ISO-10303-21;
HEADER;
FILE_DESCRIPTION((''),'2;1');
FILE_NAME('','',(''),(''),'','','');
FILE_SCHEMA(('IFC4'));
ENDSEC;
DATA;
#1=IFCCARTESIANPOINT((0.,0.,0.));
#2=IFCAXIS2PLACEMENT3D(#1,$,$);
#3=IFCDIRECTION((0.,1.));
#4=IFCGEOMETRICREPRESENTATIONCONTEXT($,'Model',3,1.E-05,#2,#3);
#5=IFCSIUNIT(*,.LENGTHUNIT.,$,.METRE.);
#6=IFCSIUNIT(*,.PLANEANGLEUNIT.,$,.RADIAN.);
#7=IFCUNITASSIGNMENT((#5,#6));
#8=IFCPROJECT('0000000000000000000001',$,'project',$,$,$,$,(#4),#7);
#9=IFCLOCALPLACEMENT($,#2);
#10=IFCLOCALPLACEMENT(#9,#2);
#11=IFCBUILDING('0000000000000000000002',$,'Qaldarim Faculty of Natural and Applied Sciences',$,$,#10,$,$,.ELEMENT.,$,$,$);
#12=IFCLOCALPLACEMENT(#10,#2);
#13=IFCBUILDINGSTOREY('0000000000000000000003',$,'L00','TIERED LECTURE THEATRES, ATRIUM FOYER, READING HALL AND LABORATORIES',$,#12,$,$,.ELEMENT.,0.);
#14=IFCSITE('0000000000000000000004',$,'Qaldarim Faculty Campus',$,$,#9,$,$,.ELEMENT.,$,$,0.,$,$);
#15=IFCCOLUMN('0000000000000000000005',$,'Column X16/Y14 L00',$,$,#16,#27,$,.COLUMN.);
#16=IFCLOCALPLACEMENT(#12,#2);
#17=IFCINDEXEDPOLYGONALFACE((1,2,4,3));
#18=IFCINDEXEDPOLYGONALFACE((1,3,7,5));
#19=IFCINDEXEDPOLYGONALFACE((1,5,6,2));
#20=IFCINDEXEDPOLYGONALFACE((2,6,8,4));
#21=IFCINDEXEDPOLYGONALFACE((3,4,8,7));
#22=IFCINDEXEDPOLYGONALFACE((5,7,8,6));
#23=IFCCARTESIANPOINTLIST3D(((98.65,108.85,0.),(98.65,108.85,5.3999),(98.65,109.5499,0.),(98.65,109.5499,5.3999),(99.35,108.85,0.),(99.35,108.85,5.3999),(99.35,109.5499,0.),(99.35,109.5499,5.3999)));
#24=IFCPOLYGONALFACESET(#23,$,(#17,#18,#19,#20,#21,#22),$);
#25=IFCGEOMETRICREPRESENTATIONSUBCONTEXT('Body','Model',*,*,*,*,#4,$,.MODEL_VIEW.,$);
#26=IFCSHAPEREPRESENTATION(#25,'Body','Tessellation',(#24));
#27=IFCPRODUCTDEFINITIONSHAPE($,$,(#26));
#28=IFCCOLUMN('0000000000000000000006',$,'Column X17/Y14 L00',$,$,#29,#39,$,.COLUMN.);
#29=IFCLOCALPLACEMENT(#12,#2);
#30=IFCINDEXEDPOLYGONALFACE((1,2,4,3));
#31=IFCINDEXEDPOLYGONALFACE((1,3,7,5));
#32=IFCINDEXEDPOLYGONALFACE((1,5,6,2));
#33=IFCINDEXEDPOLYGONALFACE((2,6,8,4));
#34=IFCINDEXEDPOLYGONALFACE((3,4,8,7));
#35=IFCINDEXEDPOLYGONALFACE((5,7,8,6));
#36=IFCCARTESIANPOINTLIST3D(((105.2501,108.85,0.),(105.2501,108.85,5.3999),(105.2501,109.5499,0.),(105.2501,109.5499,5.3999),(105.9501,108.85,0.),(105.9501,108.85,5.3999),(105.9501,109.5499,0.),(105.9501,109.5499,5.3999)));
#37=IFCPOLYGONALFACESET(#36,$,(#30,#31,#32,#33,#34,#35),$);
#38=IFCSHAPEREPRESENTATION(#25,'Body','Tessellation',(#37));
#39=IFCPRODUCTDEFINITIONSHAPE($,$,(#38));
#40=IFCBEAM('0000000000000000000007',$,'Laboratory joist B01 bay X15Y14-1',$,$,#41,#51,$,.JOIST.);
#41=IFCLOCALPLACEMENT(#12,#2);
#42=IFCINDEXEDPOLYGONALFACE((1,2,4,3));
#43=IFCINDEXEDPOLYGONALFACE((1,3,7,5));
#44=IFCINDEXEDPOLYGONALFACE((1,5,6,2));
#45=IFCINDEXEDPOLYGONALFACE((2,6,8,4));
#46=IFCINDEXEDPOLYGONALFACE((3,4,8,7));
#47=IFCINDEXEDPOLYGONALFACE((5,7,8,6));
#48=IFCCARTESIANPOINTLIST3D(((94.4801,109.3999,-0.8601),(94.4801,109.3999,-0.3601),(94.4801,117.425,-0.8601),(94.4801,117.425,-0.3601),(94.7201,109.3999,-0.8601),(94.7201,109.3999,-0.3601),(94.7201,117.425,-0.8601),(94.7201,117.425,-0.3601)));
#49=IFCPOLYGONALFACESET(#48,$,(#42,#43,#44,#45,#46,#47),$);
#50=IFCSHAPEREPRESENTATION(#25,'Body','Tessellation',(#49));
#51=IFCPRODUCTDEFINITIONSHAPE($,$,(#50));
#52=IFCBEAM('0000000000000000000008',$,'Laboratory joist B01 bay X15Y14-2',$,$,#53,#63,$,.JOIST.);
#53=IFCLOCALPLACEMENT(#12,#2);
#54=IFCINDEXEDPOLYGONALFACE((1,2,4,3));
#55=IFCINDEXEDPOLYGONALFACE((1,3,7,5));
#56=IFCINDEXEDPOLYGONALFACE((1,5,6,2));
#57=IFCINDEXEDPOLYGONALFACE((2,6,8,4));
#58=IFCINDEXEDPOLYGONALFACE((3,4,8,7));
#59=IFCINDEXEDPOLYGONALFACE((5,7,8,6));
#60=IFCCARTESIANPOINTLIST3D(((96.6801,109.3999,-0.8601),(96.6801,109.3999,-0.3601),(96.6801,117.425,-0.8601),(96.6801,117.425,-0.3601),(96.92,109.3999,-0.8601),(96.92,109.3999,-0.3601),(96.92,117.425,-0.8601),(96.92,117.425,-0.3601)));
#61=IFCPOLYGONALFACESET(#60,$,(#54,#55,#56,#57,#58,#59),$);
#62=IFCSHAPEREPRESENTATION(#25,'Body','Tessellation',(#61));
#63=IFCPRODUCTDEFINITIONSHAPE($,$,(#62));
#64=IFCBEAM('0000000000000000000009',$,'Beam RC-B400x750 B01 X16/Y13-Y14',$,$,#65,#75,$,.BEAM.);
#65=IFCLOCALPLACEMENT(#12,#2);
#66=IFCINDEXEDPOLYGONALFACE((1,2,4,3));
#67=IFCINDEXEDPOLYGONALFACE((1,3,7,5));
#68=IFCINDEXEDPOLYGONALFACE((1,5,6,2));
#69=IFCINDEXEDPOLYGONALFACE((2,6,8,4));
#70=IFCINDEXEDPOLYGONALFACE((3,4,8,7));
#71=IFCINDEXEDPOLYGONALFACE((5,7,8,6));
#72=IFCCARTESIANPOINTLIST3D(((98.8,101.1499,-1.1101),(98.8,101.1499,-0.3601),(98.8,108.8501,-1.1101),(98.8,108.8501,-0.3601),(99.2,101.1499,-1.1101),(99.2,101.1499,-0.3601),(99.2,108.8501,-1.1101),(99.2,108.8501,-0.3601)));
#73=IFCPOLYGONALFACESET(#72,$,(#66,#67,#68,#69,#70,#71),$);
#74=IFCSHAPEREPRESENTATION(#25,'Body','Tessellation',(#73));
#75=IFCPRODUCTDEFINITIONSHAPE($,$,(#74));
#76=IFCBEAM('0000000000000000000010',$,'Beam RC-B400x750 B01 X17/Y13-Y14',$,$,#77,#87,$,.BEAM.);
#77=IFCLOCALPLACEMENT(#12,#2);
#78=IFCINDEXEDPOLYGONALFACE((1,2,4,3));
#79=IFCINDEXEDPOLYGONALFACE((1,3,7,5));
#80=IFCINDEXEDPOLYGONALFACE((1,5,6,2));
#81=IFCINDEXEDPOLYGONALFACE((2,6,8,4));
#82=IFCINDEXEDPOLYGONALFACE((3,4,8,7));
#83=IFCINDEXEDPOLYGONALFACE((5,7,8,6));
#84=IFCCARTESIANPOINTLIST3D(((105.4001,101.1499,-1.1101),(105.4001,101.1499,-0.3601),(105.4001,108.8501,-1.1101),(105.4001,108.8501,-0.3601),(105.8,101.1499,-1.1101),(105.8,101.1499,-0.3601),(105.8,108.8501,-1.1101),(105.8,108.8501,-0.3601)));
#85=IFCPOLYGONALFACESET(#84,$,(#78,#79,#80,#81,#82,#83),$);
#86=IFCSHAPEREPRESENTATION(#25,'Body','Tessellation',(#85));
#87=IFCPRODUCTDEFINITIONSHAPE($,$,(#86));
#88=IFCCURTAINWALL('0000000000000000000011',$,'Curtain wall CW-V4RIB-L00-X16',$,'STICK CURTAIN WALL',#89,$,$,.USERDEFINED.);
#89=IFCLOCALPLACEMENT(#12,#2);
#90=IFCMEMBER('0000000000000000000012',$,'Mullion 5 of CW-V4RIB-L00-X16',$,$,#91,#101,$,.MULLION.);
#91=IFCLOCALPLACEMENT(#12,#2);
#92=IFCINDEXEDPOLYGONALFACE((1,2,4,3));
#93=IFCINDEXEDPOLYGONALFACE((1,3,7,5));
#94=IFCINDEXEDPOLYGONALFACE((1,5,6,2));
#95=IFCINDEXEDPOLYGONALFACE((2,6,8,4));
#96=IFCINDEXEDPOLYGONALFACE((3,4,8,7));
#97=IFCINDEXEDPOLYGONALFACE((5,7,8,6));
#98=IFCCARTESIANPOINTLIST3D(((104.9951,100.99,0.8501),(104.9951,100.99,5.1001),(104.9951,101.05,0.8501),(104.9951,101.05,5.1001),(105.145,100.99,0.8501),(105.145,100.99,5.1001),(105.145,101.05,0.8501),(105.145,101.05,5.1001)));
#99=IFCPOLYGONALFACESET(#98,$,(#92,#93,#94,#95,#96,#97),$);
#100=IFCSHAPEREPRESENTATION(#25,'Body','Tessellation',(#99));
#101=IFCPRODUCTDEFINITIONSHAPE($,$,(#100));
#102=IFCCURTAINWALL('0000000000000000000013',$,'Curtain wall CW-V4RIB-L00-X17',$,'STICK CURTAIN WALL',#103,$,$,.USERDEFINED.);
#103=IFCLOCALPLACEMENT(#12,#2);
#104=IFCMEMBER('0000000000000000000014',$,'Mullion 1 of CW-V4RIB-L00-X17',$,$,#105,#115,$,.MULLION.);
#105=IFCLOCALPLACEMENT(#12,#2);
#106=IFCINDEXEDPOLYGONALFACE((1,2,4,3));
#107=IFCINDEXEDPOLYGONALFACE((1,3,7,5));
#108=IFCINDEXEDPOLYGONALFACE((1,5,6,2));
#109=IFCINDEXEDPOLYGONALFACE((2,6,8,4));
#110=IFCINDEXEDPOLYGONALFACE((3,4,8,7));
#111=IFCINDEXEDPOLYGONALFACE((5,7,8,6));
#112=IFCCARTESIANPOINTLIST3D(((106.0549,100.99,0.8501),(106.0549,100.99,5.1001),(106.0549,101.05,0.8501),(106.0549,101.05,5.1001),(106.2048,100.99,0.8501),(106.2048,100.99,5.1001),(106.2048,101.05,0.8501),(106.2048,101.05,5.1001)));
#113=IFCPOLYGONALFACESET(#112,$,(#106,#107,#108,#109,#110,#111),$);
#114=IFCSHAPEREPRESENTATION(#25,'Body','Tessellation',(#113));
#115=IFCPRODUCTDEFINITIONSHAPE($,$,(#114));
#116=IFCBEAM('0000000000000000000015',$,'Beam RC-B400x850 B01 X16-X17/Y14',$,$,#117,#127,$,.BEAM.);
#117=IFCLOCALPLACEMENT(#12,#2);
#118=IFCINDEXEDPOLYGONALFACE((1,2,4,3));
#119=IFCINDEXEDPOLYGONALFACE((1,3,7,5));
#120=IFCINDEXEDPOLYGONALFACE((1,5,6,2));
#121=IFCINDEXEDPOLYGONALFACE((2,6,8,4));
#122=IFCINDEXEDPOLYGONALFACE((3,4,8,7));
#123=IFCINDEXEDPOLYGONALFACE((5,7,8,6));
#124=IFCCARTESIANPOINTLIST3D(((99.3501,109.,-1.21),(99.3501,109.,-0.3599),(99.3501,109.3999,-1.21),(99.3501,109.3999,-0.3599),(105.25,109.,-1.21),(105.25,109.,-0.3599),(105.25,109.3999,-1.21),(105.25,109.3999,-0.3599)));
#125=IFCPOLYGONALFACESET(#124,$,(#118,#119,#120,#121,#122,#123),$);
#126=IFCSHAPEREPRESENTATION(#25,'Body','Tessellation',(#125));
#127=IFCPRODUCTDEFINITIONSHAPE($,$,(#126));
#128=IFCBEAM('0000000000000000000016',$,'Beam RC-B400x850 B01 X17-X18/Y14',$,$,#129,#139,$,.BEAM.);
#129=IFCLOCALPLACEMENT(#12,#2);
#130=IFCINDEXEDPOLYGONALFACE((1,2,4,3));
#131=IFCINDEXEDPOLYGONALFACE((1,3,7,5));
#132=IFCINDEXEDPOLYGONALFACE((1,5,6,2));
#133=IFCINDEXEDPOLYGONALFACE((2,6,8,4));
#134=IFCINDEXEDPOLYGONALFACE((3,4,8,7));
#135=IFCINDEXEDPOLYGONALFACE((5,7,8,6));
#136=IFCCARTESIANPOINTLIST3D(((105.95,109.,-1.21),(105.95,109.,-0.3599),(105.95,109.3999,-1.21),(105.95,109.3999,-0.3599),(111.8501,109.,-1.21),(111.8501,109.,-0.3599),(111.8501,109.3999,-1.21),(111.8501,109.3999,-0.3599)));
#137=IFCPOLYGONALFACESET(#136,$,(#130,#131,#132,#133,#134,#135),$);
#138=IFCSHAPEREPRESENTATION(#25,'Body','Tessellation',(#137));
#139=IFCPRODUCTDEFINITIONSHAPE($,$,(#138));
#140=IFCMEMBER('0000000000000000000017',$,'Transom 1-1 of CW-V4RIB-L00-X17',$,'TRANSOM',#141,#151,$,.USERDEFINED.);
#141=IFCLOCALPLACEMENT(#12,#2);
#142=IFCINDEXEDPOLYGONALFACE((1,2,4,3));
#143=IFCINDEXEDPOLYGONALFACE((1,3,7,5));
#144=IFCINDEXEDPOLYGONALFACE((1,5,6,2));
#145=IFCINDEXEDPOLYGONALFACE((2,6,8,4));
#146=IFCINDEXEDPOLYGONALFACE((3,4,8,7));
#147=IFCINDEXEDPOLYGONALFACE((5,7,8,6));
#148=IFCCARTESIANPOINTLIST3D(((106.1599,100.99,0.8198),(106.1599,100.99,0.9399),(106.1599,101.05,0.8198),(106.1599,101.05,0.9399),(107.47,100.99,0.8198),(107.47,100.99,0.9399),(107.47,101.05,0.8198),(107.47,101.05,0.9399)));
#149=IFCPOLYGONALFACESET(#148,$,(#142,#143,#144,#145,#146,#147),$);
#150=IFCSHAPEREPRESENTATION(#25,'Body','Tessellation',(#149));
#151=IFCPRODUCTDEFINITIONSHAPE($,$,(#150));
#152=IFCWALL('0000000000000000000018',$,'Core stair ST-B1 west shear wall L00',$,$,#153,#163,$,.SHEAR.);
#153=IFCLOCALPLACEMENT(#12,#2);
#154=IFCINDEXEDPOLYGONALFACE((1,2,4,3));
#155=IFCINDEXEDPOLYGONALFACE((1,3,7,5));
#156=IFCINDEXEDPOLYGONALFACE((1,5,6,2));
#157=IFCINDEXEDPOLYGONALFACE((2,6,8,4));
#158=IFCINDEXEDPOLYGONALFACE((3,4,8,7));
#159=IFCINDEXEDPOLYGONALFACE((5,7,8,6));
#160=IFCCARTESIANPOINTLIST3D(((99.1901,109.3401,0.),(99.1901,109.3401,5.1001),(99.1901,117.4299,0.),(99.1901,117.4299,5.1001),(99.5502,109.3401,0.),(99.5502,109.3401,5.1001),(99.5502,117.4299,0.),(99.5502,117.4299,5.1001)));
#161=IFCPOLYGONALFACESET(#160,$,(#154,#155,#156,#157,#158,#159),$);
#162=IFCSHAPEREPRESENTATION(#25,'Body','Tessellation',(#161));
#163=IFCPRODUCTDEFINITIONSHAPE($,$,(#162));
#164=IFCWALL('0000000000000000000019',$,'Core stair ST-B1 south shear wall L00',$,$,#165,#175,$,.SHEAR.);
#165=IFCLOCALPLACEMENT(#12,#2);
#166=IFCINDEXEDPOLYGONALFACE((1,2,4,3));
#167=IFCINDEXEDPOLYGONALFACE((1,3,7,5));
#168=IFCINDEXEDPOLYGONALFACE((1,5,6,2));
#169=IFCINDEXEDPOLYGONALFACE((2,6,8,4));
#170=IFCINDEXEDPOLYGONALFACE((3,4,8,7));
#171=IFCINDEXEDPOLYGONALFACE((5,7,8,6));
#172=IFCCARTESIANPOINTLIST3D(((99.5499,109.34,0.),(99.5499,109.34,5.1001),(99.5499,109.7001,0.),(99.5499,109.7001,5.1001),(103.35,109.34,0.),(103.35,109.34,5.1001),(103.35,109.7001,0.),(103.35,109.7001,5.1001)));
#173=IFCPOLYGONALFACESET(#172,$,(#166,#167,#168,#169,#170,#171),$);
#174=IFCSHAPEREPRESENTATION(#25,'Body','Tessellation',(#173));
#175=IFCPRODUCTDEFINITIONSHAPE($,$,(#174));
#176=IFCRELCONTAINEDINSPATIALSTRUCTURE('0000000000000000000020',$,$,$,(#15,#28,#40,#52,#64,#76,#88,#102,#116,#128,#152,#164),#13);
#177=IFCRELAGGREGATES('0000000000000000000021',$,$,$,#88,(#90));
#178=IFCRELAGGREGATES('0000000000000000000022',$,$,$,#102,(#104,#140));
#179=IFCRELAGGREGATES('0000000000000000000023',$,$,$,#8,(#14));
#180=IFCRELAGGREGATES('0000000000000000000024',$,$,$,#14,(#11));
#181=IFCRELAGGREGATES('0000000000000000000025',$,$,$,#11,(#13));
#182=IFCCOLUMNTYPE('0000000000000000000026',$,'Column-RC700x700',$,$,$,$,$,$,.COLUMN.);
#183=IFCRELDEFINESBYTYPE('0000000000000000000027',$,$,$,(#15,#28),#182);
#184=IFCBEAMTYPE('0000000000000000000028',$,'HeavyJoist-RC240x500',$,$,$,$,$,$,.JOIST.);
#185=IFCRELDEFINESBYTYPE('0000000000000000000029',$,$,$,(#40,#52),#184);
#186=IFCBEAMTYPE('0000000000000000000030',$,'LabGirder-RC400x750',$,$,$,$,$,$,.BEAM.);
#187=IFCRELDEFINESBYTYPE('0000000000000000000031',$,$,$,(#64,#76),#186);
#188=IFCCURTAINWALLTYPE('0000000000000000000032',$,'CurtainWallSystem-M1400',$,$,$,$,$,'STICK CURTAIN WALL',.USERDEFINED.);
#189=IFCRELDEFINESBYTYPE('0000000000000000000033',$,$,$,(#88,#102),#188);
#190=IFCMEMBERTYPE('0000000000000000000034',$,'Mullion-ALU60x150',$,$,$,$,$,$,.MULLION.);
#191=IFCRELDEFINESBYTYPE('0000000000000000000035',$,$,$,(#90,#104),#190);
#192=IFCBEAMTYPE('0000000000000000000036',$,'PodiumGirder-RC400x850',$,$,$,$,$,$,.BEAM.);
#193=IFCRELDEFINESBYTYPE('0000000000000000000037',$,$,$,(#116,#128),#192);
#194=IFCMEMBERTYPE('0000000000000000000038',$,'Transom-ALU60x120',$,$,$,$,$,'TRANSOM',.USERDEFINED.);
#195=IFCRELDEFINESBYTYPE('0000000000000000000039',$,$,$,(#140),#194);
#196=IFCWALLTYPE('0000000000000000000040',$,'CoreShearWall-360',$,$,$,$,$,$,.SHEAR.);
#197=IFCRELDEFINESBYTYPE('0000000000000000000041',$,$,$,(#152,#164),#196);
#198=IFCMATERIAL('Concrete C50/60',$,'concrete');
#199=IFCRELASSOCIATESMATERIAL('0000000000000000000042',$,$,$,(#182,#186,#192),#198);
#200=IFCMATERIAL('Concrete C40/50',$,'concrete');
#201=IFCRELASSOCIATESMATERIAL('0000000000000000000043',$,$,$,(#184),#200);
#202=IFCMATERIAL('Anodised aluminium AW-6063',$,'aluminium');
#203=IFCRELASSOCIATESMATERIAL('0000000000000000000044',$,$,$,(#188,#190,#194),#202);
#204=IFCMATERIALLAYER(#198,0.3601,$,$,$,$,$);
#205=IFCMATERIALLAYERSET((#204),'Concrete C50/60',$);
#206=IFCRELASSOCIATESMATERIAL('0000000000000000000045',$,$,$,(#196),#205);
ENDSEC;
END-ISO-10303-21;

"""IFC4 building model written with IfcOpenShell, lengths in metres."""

from ifc_helpers import new_model, si_unit, direction, frame, frame_2d, origin, origin_2d, place, context, subcontext, project, spatial, rectangle, extrude, material, layer, layer_set, material_profile, profile_set, type_object, element, aggregate, save


model = new_model("IFC4")

# Units and contexts
model_context = context("Model", 3, precision=1e-05, world=origin(), true_north=direction((0.0, 1.0)))
body_context = subcontext(model_context, "Body", "Model", "MODEL_VIEW")
ifc_project = project(units=[si_unit("LENGTHUNIT", "METRE"), si_unit("PLANEANGLEUNIT", "RADIAN")], contexts=[model_context])

# Site, building, storey
site_placement = place(None, origin())
site = spatial("IfcSite", under=ifc_project, at=site_placement, Name="Qaldarim Faculty Campus", CompositionType="ELEMENT", RefElevation=0.0)
building_placement = place(site_placement, origin())
building = spatial("IfcBuilding", under=site, at=building_placement, Name="Qaldarim Faculty of Natural and Applied Sciences", CompositionType="ELEMENT")
storey_placement = place(building_placement, origin())
storey = spatial("IfcBuildingStorey", under=building, at=storey_placement, Name="L00", Description="TIERED LECTURE THEATRES, ATRIUM FOYER, READING HALL AND LABORATORIES", CompositionType="ELEMENT", Elevation=0.0)

# Columns
ifc_material_1 = material(Name="Concrete C50/60", Category="concrete")
ifc_material_profile_1 = material_profile(ifc_material_1, rectangle(XDim=0.7, YDim=0.7, at=origin_2d()), Name="RC-C700x700")
ifc_profile_set_1 = profile_set([ifc_material_profile_1], Name="Concrete C50/60")
column_type = type_object("IfcColumnType", Name="Column-RC700x700", PredefinedType="COLUMN", material=ifc_profile_set_1)
for number, where, z_axis, x_axis, name in (
    (1, (99.0, 109.2, 0.0), (0.0, 0.0, 1.0), (1.0, 0.0, 0.0), "Column X16/Y14 L00"),
    (2, (105.6001, 109.2, 0.0), (0.0, 0.0, 1.0), (1.0, 0.0, 0.0), "Column X17/Y14 L00"),
):
    element("IfcColumn", number, at=place(storey_placement, frame(where, z_axis=z_axis, x_axis=x_axis)), inside=storey, type_object=column_type, Name=name, PredefinedType="COLUMN", context=body_context, shape_type="SweptSolid", body=[
        extrude(rectangle(XDim=0.7, YDim=0.7, at=origin_2d()), origin(), (0.0, 0.0, 1.0), 5.3999),
    ])

# Beams
ifc_material_2 = material(Name="Concrete C40/50", Category="concrete")
ifc_material_profile_2 = material_profile(ifc_material_2, rectangle(XDim=0.24, YDim=0.5, at=origin_2d()), Name="RC-J240x500")
ifc_profile_set_2 = profile_set([ifc_material_profile_2], Name="Concrete C40/50")
beam_type_1 = type_object("IfcBeamType", Name="HeavyJoist-RC240x500", PredefinedType="JOIST", material=ifc_profile_set_2)
for number, where, z_axis, x_axis, name in (
    (3, (94.6001, 109.3999, -0.6101), (0.0, 1.0, 0.0), (-1.0, 0.0, 0.0), "Laboratory joist B01 bay X15Y14-1"),
    (4, (96.8, 109.3999, -0.6101), (0.0, 1.0, 0.0), (-1.0, 0.0, 0.0), "Laboratory joist B01 bay X15Y14-2"),
):
    element("IfcBeam", number, at=place(storey_placement, frame(where, z_axis=z_axis, x_axis=x_axis)), inside=storey, type_object=beam_type_1, Name=name, PredefinedType="JOIST", context=body_context, shape_type="SweptSolid", body=[
        extrude(rectangle(XDim=0.24, YDim=0.5, at=origin_2d()), origin(), (0.0, 0.0, 1.0), 8.0251),
    ])
ifc_material_profile_3 = material_profile(ifc_material_1, rectangle(XDim=0.3999, YDim=0.75, at=origin_2d()), Name="RC-B400x750")
ifc_profile_set_3 = profile_set([ifc_material_profile_3], Name="Concrete C50/60")
beam_type_2 = type_object("IfcBeamType", Name="LabGirder-RC400x750", PredefinedType="BEAM", material=ifc_profile_set_3)
for number, where, z_axis, x_axis, name in (
    (5, (99.0, 101.1499, -0.7351), (0.0, 1.0, 0.0), (-1.0, 0.0, 0.0), "Beam RC-B400x750 B01 X16/Y13-Y14"),
    (6, (105.6001, 101.1499, -0.7351), (0.0, 1.0, 0.0), (-1.0, 0.0, 0.0), "Beam RC-B400x750 B01 X17/Y13-Y14"),
):
    element("IfcBeam", number, at=place(storey_placement, frame(where, z_axis=z_axis, x_axis=x_axis)), inside=storey, type_object=beam_type_2, Name=name, PredefinedType="BEAM", context=body_context, shape_type="SweptSolid", body=[
        extrude(rectangle(XDim=0.3999, YDim=0.75, at=origin_2d()), origin(), (0.0, 0.0, 1.0), 7.7002),
    ])

# Curtain walls, members
ifc_material_3 = material(Name="Anodised aluminium AW-6063", Category="aluminium")
curtain_wall_type = type_object("IfcCurtainWallType", Name="CurtainWallSystem-M1400", ElementType="STICK CURTAIN WALL", PredefinedType="USERDEFINED", material=ifc_material_3)
curtain_wall_1_placement = place(storey_placement, origin())
curtain_wall_1 = element("IfcCurtainWall", 7, at=curtain_wall_1_placement, inside=storey, type_object=curtain_wall_type, Name="Curtain wall CW-V4RIB-L00-X16", ObjectType="STICK CURTAIN WALL", PredefinedType="USERDEFINED")
ifc_material_profile_4 = material_profile(ifc_material_3, rectangle(XDim=0.0601, YDim=0.1499, at=origin_2d()), Name="ALU-M60x150")
ifc_profile_set_4 = profile_set([ifc_material_profile_4], Name="Anodised aluminium AW-6063")
member_type_1 = type_object("IfcMemberType", Name="Mullion-ALU60x150", PredefinedType="MULLION", material=ifc_profile_set_4)
member_1_placement = place(storey_placement, frame((105.0701, 101.02, 0.8501), z_axis=(0.0, 0.0, 1.0), x_axis=(0.0, 1.0, 0.0)))
member_1 = element("IfcMember", 8, at=member_1_placement, type_object=member_type_1, Name="Mullion 5 of CW-V4RIB-L00-X16", PredefinedType="MULLION", context=body_context, shape_type="SweptSolid", body=[
    extrude(rectangle(XDim=0.0601, YDim=0.1499, at=origin_2d()), origin(), (0.0, 0.0, 1.0), 4.25),
])
aggregate(curtain_wall_1, [member_1])
curtain_wall_2_placement = place(storey_placement, origin())
curtain_wall_2 = element("IfcCurtainWall", 9, at=curtain_wall_2_placement, inside=storey, type_object=curtain_wall_type, Name="Curtain wall CW-V4RIB-L00-X17", ObjectType="STICK CURTAIN WALL", PredefinedType="USERDEFINED")
member_2_placement = place(storey_placement, frame((106.1299, 101.02, 0.8501), z_axis=(0.0, 0.0, 1.0), x_axis=(0.0, 1.0, 0.0)))
member_2 = element("IfcMember", 10, at=member_2_placement, type_object=member_type_1, Name="Mullion 1 of CW-V4RIB-L00-X17", PredefinedType="MULLION", context=body_context, shape_type="SweptSolid", body=[
    extrude(rectangle(XDim=0.0601, YDim=0.1499, at=origin_2d()), origin(), (0.0, 0.0, 1.0), 4.25),
])

# Beams
ifc_material_profile_5 = material_profile(ifc_material_1, rectangle(XDim=0.3999, YDim=0.8501, at=origin_2d()), Name="RC-B400x850")
ifc_profile_set_5 = profile_set([ifc_material_profile_5], Name="Concrete C50/60")
beam_type_3 = type_object("IfcBeamType", Name="PodiumGirder-RC400x850", PredefinedType="BEAM", material=ifc_profile_set_5)
beam_1_placement = place(storey_placement, frame((99.3501, 109.2, -0.7849), z_axis=(1.0, 0.0, 0.0), x_axis=(0.0, 1.0, 0.0)))
element("IfcBeam", 11, at=beam_1_placement, inside=storey, type_object=beam_type_3, Name="Beam RC-B400x850 B01 X16-X17/Y14", PredefinedType="BEAM", context=body_context, shape_type="SweptSolid", body=[
    extrude(rectangle(XDim=0.3999, YDim=0.8501, at=origin_2d()), origin(), (0.0, 0.0, 1.0), 5.8999),
])
beam_2_placement = place(storey_placement, frame((105.95, 109.2, -0.7849), z_axis=(1.0, 0.0, 0.0), x_axis=(0.0, 1.0, 0.0)))
element("IfcBeam", 12, at=beam_2_placement, inside=storey, type_object=beam_type_3, Name="Beam RC-B400x850 B01 X17-X18/Y14", PredefinedType="BEAM", context=body_context, shape_type="SweptSolid", body=[
    extrude(rectangle(XDim=0.3999, YDim=0.8501, at=origin_2d()), origin(), (0.0, 0.0, 1.0), 5.9001),
])

# Member
ifc_material_profile_6 = material_profile(ifc_material_3, rectangle(XDim=0.0601, YDim=0.1201, at=origin_2d()), Name="ALU-T60x120")
ifc_profile_set_6 = profile_set([ifc_material_profile_6], Name="Anodised aluminium AW-6063")
member_type_2 = type_object("IfcMemberType", Name="Transom-ALU60x120", ElementType="TRANSOM", PredefinedType="USERDEFINED", material=ifc_profile_set_6)
member_3_placement = place(storey_placement, frame((106.1599, 101.02, 0.8799), z_axis=(1.0, 0.0, 0.0), x_axis=(0.0, 1.0, 0.0)))
member_3 = element("IfcMember", 13, at=member_3_placement, type_object=member_type_2, Name="Transom 1-1 of CW-V4RIB-L00-X17", ObjectType="TRANSOM", PredefinedType="USERDEFINED", context=body_context, shape_type="SweptSolid", body=[
    extrude(rectangle(XDim=0.0601, YDim=0.1201, at=origin_2d()), origin(), (0.0, 0.0, 1.0), 1.3101),
])
aggregate(curtain_wall_2, [member_2, member_3])

# Wall
ifc_layer_1 = layer(ifc_material_1, 0.3601)
ifc_layer_set_1 = layer_set([ifc_layer_1], Name="Concrete C50/60")
wall_type_1 = type_object("IfcWallType", Name="CoreShearWall-360", PredefinedType="SHEAR", material=ifc_layer_set_1)
wall_1_placement = place(storey_placement, frame((99.3701, 109.3401, 0.0), z_axis=(0.0, 0.0, 1.0), x_axis=(0.0, 1.0, 0.0)))
element("IfcWall", 14, at=wall_1_placement, inside=storey, type_object=wall_type_1, Name="Core stair ST-B1 west shear wall L00", PredefinedType="SHEAR", context=body_context, shape_type="SweptSolid", body=[
    extrude(rectangle(XDim=8.0898, YDim=0.3601, at=frame_2d((4.0449, 0.0))), origin(), (0.0, 0.0, 1.0), 5.1001),
])

# Wall
wall_2_placement = place(storey_placement, frame((99.55, 109.52, 0.0), z_axis=(0.0, 0.0, 1.0), x_axis=(1.0, 0.0, 0.0)))
element("IfcWall", 15, at=wall_2_placement, inside=storey, type_object=wall_type_1, Name="Core stair ST-B1 south shear wall L00", PredefinedType="SHEAR", context=body_context, shape_type="SweptSolid", body=[
    extrude(rectangle(XDim=3.8, YDim=0.3601, at=frame_2d((1.8999, 0.0))), origin(), (0.0, 0.0, 1.0), 5.1001),
])

save(model, "model.ifc")
